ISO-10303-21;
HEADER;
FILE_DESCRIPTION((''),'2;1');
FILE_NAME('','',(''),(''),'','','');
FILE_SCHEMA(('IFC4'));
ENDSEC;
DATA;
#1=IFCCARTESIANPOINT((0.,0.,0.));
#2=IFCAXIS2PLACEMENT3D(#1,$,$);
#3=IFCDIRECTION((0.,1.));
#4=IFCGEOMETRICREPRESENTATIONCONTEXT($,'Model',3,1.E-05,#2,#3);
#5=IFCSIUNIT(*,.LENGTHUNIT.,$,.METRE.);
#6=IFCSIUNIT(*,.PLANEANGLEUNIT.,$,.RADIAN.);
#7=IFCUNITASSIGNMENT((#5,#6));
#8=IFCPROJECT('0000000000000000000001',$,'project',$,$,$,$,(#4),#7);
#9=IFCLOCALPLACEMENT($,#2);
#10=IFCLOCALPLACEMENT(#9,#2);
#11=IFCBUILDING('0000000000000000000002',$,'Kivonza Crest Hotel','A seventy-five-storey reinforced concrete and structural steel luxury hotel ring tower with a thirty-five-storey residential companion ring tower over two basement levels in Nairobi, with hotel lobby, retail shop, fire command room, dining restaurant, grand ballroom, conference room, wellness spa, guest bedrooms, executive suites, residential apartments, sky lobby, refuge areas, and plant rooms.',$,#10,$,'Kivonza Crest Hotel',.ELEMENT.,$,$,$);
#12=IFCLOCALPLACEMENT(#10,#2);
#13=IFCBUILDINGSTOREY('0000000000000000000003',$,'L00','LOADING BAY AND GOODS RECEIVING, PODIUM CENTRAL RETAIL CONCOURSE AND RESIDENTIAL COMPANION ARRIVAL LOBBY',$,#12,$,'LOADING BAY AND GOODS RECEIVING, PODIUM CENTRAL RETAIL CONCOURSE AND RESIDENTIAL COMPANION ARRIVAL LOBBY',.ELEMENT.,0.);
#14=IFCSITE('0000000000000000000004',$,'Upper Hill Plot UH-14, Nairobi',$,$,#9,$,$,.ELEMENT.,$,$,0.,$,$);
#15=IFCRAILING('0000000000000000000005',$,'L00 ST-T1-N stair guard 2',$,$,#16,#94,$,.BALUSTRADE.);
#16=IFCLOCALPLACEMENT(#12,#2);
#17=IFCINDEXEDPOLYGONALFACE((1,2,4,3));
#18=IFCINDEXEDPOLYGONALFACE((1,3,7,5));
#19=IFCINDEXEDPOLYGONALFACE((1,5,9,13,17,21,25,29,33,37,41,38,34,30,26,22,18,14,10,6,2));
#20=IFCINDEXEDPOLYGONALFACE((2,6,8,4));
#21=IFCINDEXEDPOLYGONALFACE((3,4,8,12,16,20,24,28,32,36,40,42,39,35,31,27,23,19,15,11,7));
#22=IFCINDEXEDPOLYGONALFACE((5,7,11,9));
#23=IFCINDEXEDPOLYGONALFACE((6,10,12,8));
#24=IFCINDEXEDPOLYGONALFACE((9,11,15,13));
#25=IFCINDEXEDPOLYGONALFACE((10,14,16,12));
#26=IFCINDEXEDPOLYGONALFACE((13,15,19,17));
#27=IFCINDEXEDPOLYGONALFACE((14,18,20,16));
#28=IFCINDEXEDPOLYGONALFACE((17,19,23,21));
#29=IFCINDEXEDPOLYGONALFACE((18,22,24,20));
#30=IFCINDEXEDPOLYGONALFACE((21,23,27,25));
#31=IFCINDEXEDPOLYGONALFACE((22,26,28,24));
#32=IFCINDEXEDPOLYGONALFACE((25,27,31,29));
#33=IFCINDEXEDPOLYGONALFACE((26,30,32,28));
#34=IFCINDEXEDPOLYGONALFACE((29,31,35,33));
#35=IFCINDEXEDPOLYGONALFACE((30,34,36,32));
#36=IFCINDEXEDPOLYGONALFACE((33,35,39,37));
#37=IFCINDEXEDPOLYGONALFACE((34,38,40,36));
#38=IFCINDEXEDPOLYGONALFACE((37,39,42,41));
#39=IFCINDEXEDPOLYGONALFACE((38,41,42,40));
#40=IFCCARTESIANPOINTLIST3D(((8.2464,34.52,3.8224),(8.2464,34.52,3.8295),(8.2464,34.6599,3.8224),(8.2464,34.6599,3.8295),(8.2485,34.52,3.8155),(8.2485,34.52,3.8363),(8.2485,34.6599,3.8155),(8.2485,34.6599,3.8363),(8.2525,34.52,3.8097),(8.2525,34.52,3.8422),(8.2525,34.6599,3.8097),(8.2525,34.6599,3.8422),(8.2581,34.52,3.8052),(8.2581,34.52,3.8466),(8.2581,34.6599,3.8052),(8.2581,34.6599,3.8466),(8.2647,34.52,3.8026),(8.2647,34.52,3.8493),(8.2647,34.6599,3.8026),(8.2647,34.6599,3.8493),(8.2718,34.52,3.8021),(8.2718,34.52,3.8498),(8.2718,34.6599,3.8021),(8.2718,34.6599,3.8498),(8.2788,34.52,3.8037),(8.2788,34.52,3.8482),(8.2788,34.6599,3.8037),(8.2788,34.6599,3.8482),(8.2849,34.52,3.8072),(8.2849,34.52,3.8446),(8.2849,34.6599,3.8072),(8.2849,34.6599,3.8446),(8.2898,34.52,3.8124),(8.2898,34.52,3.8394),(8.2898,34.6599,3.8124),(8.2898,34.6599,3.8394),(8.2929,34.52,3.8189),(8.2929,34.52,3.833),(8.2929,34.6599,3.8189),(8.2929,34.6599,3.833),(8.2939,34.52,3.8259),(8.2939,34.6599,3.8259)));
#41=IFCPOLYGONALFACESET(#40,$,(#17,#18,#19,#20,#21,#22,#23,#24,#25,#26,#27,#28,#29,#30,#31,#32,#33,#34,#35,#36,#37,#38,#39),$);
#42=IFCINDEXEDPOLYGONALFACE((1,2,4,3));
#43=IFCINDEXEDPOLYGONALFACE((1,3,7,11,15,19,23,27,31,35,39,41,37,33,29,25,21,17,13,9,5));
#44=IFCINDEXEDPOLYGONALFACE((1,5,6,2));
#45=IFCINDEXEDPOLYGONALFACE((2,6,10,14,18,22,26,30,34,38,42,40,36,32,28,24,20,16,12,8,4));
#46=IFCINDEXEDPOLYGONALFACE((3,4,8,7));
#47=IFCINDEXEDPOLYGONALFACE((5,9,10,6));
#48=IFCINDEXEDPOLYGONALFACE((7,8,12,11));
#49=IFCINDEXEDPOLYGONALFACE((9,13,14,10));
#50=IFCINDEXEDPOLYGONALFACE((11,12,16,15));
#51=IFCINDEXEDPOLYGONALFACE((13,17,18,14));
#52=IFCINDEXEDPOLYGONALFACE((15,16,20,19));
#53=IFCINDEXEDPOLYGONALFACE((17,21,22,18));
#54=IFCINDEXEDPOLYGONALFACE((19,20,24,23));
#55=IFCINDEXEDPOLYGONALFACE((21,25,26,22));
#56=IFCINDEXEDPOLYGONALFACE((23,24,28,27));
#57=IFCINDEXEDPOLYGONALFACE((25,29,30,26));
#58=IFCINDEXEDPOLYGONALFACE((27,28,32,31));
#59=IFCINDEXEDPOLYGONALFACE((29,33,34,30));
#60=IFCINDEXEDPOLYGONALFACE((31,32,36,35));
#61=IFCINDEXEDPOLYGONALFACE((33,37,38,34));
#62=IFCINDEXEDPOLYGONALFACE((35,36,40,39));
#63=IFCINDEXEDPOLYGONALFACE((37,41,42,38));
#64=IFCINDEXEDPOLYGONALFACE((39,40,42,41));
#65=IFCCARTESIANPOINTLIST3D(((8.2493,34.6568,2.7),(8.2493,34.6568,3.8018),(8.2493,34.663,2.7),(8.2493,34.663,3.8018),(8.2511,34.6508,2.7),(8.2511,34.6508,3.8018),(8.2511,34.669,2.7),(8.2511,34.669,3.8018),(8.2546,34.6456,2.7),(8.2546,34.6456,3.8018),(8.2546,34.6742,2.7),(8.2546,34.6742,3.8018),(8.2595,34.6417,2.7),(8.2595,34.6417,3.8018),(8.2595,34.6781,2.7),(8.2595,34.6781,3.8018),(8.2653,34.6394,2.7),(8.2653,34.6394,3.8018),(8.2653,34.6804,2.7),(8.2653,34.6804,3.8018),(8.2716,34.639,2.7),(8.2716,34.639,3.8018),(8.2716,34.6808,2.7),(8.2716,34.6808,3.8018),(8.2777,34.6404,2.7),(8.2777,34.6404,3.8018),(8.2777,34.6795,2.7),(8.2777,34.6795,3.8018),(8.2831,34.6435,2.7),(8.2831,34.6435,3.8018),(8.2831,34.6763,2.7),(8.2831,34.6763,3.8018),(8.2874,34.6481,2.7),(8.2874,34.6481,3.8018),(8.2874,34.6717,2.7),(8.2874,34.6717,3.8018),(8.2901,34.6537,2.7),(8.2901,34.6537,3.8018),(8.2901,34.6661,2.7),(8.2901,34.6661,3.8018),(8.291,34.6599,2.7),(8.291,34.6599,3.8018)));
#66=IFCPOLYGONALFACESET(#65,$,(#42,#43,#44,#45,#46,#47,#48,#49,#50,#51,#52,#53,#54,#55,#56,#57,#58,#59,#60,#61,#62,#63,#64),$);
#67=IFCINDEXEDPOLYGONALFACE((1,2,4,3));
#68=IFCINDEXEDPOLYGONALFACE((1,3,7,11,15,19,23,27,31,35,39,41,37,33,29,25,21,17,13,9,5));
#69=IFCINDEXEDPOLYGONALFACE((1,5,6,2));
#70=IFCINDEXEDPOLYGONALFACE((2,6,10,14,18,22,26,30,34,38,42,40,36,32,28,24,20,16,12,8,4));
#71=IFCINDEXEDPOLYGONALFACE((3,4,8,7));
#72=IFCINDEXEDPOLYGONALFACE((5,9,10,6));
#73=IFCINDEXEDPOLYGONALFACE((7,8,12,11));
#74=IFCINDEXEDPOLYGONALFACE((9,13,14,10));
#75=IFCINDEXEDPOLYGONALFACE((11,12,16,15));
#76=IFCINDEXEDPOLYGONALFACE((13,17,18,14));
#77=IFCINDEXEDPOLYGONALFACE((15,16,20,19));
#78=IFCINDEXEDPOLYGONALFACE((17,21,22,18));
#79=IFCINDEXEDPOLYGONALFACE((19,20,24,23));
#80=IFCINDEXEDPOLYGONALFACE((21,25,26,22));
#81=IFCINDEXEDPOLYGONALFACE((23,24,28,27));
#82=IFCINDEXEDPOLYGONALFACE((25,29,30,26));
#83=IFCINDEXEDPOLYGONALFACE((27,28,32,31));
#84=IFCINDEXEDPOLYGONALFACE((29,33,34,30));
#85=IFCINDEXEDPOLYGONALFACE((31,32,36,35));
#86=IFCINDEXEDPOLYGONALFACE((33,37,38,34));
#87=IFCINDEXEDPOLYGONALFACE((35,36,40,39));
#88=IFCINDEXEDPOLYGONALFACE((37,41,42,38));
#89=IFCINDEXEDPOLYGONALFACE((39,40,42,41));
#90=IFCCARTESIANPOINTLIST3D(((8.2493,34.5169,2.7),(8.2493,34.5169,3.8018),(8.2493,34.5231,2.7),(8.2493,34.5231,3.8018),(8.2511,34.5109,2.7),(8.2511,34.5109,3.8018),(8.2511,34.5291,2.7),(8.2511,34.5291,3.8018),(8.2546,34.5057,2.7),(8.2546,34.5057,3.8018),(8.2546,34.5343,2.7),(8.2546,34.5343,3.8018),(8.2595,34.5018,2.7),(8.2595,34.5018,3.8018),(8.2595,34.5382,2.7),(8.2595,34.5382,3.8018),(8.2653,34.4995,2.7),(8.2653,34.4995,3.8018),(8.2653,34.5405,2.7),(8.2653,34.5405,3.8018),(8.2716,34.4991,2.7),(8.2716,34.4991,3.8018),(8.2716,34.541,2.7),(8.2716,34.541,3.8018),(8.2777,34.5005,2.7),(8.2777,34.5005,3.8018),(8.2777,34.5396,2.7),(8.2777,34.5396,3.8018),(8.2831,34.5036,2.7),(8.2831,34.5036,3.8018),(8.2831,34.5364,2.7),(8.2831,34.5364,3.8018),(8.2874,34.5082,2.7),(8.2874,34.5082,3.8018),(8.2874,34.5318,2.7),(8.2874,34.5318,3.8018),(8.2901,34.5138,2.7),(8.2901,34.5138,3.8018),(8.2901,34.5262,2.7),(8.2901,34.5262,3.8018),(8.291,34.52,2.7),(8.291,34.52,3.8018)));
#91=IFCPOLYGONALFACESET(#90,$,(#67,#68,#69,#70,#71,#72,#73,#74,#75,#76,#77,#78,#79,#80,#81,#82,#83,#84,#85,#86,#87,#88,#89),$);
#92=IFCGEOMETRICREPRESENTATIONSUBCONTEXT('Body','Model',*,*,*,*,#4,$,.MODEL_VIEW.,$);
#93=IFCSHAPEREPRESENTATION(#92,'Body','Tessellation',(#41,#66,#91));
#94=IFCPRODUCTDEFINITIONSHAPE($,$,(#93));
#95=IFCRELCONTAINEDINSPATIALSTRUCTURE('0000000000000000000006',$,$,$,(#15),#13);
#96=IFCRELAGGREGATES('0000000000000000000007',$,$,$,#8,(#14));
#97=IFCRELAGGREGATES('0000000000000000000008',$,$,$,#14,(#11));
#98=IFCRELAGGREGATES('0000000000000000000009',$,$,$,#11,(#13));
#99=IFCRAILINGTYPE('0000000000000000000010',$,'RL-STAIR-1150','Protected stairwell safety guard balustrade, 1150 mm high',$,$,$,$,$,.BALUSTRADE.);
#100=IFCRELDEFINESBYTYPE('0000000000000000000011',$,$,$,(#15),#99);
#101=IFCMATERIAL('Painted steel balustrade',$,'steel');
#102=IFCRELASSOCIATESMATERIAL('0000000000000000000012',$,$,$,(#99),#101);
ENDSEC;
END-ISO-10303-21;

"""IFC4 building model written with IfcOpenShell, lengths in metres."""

from ifc_helpers import new_model, si_unit, direction, frame, origin, origin_2d, place, context, subcontext, project, spatial, circle, extrude, material, type_object, element, save


model = new_model("IFC4")

# Units and contexts
model_context = context("Model", 3, precision=1e-05, world=origin(), true_north=direction((0.0, 1.0)))
body_context = subcontext(model_context, "Body", "Model", "MODEL_VIEW")
ifc_project = project(units=[si_unit("LENGTHUNIT", "METRE"), si_unit("PLANEANGLEUNIT", "RADIAN")], contexts=[model_context])

# Site, building, storey
site_placement = place(None, origin())
site = spatial("IfcSite", under=ifc_project, at=site_placement, Name="Upper Hill Plot UH-14, Nairobi", CompositionType="ELEMENT", RefElevation=0.0)
building_placement = place(site_placement, origin())
building = spatial("IfcBuilding", under=site, at=building_placement, Name="Kivonza Crest Hotel", Description="A seventy-five-storey reinforced concrete and structural steel luxury hotel ring tower with a thirty-five-storey residential companion ring tower over two basement levels in Nairobi, with hotel lobby, retail shop, fire command room, dining restaurant, grand ballroom, conference room, wellness spa, guest bedrooms, executive suites, residential apartments, sky lobby, refuge areas, and plant rooms.", LongName="Kivonza Crest Hotel", CompositionType="ELEMENT")
storey_placement = place(building_placement, origin())
storey = spatial("IfcBuildingStorey", under=building, at=storey_placement, Name="L00", Description="LOADING BAY AND GOODS RECEIVING, PODIUM CENTRAL RETAIL CONCOURSE AND RESIDENTIAL COMPANION ARRIVAL LOBBY", LongName="LOADING BAY AND GOODS RECEIVING, PODIUM CENTRAL RETAIL CONCOURSE AND RESIDENTIAL COMPANION ARRIVAL LOBBY", CompositionType="ELEMENT", Elevation=0.0)

# Railing
ifc_material_1 = material(Name="Painted steel balustrade", Category="steel")
railing_type_1 = type_object("IfcRailingType", Name="RL-STAIR-1150", Description="Protected stairwell safety guard balustrade, 1150 mm high", PredefinedType="BALUSTRADE", material=ifc_material_1)
railing_1_placement = place(storey_placement, frame((8.27, 34.6599, 2.7)))
element("IfcRailing", 1, at=railing_1_placement, inside=storey, type_object=railing_type_1, Name="L00 ST-T1-N stair guard 2", PredefinedType="BALUSTRADE", context=body_context, shape_type="SweptSolid", body=[
    extrude(circle(Radius=0.0239, at=origin_2d()), frame((0.0, 0.0, 1.126), z_axis=(0.0, -1.0, 0.0), x_axis=(1.0, 0.0, 0.0)), (0.0, 0.0, 1.0), 0.1399),
    extrude(circle(Radius=0.021, at=origin_2d()), origin(), (0.0, 0.0, 1.0), 1.1018),
    extrude(circle(Radius=0.021, at=origin_2d()), frame((0.0, -0.1399, 0.0)), (0.0, 0.0, 1.0), 1.1018),
])

save(model, "model.ifc")
